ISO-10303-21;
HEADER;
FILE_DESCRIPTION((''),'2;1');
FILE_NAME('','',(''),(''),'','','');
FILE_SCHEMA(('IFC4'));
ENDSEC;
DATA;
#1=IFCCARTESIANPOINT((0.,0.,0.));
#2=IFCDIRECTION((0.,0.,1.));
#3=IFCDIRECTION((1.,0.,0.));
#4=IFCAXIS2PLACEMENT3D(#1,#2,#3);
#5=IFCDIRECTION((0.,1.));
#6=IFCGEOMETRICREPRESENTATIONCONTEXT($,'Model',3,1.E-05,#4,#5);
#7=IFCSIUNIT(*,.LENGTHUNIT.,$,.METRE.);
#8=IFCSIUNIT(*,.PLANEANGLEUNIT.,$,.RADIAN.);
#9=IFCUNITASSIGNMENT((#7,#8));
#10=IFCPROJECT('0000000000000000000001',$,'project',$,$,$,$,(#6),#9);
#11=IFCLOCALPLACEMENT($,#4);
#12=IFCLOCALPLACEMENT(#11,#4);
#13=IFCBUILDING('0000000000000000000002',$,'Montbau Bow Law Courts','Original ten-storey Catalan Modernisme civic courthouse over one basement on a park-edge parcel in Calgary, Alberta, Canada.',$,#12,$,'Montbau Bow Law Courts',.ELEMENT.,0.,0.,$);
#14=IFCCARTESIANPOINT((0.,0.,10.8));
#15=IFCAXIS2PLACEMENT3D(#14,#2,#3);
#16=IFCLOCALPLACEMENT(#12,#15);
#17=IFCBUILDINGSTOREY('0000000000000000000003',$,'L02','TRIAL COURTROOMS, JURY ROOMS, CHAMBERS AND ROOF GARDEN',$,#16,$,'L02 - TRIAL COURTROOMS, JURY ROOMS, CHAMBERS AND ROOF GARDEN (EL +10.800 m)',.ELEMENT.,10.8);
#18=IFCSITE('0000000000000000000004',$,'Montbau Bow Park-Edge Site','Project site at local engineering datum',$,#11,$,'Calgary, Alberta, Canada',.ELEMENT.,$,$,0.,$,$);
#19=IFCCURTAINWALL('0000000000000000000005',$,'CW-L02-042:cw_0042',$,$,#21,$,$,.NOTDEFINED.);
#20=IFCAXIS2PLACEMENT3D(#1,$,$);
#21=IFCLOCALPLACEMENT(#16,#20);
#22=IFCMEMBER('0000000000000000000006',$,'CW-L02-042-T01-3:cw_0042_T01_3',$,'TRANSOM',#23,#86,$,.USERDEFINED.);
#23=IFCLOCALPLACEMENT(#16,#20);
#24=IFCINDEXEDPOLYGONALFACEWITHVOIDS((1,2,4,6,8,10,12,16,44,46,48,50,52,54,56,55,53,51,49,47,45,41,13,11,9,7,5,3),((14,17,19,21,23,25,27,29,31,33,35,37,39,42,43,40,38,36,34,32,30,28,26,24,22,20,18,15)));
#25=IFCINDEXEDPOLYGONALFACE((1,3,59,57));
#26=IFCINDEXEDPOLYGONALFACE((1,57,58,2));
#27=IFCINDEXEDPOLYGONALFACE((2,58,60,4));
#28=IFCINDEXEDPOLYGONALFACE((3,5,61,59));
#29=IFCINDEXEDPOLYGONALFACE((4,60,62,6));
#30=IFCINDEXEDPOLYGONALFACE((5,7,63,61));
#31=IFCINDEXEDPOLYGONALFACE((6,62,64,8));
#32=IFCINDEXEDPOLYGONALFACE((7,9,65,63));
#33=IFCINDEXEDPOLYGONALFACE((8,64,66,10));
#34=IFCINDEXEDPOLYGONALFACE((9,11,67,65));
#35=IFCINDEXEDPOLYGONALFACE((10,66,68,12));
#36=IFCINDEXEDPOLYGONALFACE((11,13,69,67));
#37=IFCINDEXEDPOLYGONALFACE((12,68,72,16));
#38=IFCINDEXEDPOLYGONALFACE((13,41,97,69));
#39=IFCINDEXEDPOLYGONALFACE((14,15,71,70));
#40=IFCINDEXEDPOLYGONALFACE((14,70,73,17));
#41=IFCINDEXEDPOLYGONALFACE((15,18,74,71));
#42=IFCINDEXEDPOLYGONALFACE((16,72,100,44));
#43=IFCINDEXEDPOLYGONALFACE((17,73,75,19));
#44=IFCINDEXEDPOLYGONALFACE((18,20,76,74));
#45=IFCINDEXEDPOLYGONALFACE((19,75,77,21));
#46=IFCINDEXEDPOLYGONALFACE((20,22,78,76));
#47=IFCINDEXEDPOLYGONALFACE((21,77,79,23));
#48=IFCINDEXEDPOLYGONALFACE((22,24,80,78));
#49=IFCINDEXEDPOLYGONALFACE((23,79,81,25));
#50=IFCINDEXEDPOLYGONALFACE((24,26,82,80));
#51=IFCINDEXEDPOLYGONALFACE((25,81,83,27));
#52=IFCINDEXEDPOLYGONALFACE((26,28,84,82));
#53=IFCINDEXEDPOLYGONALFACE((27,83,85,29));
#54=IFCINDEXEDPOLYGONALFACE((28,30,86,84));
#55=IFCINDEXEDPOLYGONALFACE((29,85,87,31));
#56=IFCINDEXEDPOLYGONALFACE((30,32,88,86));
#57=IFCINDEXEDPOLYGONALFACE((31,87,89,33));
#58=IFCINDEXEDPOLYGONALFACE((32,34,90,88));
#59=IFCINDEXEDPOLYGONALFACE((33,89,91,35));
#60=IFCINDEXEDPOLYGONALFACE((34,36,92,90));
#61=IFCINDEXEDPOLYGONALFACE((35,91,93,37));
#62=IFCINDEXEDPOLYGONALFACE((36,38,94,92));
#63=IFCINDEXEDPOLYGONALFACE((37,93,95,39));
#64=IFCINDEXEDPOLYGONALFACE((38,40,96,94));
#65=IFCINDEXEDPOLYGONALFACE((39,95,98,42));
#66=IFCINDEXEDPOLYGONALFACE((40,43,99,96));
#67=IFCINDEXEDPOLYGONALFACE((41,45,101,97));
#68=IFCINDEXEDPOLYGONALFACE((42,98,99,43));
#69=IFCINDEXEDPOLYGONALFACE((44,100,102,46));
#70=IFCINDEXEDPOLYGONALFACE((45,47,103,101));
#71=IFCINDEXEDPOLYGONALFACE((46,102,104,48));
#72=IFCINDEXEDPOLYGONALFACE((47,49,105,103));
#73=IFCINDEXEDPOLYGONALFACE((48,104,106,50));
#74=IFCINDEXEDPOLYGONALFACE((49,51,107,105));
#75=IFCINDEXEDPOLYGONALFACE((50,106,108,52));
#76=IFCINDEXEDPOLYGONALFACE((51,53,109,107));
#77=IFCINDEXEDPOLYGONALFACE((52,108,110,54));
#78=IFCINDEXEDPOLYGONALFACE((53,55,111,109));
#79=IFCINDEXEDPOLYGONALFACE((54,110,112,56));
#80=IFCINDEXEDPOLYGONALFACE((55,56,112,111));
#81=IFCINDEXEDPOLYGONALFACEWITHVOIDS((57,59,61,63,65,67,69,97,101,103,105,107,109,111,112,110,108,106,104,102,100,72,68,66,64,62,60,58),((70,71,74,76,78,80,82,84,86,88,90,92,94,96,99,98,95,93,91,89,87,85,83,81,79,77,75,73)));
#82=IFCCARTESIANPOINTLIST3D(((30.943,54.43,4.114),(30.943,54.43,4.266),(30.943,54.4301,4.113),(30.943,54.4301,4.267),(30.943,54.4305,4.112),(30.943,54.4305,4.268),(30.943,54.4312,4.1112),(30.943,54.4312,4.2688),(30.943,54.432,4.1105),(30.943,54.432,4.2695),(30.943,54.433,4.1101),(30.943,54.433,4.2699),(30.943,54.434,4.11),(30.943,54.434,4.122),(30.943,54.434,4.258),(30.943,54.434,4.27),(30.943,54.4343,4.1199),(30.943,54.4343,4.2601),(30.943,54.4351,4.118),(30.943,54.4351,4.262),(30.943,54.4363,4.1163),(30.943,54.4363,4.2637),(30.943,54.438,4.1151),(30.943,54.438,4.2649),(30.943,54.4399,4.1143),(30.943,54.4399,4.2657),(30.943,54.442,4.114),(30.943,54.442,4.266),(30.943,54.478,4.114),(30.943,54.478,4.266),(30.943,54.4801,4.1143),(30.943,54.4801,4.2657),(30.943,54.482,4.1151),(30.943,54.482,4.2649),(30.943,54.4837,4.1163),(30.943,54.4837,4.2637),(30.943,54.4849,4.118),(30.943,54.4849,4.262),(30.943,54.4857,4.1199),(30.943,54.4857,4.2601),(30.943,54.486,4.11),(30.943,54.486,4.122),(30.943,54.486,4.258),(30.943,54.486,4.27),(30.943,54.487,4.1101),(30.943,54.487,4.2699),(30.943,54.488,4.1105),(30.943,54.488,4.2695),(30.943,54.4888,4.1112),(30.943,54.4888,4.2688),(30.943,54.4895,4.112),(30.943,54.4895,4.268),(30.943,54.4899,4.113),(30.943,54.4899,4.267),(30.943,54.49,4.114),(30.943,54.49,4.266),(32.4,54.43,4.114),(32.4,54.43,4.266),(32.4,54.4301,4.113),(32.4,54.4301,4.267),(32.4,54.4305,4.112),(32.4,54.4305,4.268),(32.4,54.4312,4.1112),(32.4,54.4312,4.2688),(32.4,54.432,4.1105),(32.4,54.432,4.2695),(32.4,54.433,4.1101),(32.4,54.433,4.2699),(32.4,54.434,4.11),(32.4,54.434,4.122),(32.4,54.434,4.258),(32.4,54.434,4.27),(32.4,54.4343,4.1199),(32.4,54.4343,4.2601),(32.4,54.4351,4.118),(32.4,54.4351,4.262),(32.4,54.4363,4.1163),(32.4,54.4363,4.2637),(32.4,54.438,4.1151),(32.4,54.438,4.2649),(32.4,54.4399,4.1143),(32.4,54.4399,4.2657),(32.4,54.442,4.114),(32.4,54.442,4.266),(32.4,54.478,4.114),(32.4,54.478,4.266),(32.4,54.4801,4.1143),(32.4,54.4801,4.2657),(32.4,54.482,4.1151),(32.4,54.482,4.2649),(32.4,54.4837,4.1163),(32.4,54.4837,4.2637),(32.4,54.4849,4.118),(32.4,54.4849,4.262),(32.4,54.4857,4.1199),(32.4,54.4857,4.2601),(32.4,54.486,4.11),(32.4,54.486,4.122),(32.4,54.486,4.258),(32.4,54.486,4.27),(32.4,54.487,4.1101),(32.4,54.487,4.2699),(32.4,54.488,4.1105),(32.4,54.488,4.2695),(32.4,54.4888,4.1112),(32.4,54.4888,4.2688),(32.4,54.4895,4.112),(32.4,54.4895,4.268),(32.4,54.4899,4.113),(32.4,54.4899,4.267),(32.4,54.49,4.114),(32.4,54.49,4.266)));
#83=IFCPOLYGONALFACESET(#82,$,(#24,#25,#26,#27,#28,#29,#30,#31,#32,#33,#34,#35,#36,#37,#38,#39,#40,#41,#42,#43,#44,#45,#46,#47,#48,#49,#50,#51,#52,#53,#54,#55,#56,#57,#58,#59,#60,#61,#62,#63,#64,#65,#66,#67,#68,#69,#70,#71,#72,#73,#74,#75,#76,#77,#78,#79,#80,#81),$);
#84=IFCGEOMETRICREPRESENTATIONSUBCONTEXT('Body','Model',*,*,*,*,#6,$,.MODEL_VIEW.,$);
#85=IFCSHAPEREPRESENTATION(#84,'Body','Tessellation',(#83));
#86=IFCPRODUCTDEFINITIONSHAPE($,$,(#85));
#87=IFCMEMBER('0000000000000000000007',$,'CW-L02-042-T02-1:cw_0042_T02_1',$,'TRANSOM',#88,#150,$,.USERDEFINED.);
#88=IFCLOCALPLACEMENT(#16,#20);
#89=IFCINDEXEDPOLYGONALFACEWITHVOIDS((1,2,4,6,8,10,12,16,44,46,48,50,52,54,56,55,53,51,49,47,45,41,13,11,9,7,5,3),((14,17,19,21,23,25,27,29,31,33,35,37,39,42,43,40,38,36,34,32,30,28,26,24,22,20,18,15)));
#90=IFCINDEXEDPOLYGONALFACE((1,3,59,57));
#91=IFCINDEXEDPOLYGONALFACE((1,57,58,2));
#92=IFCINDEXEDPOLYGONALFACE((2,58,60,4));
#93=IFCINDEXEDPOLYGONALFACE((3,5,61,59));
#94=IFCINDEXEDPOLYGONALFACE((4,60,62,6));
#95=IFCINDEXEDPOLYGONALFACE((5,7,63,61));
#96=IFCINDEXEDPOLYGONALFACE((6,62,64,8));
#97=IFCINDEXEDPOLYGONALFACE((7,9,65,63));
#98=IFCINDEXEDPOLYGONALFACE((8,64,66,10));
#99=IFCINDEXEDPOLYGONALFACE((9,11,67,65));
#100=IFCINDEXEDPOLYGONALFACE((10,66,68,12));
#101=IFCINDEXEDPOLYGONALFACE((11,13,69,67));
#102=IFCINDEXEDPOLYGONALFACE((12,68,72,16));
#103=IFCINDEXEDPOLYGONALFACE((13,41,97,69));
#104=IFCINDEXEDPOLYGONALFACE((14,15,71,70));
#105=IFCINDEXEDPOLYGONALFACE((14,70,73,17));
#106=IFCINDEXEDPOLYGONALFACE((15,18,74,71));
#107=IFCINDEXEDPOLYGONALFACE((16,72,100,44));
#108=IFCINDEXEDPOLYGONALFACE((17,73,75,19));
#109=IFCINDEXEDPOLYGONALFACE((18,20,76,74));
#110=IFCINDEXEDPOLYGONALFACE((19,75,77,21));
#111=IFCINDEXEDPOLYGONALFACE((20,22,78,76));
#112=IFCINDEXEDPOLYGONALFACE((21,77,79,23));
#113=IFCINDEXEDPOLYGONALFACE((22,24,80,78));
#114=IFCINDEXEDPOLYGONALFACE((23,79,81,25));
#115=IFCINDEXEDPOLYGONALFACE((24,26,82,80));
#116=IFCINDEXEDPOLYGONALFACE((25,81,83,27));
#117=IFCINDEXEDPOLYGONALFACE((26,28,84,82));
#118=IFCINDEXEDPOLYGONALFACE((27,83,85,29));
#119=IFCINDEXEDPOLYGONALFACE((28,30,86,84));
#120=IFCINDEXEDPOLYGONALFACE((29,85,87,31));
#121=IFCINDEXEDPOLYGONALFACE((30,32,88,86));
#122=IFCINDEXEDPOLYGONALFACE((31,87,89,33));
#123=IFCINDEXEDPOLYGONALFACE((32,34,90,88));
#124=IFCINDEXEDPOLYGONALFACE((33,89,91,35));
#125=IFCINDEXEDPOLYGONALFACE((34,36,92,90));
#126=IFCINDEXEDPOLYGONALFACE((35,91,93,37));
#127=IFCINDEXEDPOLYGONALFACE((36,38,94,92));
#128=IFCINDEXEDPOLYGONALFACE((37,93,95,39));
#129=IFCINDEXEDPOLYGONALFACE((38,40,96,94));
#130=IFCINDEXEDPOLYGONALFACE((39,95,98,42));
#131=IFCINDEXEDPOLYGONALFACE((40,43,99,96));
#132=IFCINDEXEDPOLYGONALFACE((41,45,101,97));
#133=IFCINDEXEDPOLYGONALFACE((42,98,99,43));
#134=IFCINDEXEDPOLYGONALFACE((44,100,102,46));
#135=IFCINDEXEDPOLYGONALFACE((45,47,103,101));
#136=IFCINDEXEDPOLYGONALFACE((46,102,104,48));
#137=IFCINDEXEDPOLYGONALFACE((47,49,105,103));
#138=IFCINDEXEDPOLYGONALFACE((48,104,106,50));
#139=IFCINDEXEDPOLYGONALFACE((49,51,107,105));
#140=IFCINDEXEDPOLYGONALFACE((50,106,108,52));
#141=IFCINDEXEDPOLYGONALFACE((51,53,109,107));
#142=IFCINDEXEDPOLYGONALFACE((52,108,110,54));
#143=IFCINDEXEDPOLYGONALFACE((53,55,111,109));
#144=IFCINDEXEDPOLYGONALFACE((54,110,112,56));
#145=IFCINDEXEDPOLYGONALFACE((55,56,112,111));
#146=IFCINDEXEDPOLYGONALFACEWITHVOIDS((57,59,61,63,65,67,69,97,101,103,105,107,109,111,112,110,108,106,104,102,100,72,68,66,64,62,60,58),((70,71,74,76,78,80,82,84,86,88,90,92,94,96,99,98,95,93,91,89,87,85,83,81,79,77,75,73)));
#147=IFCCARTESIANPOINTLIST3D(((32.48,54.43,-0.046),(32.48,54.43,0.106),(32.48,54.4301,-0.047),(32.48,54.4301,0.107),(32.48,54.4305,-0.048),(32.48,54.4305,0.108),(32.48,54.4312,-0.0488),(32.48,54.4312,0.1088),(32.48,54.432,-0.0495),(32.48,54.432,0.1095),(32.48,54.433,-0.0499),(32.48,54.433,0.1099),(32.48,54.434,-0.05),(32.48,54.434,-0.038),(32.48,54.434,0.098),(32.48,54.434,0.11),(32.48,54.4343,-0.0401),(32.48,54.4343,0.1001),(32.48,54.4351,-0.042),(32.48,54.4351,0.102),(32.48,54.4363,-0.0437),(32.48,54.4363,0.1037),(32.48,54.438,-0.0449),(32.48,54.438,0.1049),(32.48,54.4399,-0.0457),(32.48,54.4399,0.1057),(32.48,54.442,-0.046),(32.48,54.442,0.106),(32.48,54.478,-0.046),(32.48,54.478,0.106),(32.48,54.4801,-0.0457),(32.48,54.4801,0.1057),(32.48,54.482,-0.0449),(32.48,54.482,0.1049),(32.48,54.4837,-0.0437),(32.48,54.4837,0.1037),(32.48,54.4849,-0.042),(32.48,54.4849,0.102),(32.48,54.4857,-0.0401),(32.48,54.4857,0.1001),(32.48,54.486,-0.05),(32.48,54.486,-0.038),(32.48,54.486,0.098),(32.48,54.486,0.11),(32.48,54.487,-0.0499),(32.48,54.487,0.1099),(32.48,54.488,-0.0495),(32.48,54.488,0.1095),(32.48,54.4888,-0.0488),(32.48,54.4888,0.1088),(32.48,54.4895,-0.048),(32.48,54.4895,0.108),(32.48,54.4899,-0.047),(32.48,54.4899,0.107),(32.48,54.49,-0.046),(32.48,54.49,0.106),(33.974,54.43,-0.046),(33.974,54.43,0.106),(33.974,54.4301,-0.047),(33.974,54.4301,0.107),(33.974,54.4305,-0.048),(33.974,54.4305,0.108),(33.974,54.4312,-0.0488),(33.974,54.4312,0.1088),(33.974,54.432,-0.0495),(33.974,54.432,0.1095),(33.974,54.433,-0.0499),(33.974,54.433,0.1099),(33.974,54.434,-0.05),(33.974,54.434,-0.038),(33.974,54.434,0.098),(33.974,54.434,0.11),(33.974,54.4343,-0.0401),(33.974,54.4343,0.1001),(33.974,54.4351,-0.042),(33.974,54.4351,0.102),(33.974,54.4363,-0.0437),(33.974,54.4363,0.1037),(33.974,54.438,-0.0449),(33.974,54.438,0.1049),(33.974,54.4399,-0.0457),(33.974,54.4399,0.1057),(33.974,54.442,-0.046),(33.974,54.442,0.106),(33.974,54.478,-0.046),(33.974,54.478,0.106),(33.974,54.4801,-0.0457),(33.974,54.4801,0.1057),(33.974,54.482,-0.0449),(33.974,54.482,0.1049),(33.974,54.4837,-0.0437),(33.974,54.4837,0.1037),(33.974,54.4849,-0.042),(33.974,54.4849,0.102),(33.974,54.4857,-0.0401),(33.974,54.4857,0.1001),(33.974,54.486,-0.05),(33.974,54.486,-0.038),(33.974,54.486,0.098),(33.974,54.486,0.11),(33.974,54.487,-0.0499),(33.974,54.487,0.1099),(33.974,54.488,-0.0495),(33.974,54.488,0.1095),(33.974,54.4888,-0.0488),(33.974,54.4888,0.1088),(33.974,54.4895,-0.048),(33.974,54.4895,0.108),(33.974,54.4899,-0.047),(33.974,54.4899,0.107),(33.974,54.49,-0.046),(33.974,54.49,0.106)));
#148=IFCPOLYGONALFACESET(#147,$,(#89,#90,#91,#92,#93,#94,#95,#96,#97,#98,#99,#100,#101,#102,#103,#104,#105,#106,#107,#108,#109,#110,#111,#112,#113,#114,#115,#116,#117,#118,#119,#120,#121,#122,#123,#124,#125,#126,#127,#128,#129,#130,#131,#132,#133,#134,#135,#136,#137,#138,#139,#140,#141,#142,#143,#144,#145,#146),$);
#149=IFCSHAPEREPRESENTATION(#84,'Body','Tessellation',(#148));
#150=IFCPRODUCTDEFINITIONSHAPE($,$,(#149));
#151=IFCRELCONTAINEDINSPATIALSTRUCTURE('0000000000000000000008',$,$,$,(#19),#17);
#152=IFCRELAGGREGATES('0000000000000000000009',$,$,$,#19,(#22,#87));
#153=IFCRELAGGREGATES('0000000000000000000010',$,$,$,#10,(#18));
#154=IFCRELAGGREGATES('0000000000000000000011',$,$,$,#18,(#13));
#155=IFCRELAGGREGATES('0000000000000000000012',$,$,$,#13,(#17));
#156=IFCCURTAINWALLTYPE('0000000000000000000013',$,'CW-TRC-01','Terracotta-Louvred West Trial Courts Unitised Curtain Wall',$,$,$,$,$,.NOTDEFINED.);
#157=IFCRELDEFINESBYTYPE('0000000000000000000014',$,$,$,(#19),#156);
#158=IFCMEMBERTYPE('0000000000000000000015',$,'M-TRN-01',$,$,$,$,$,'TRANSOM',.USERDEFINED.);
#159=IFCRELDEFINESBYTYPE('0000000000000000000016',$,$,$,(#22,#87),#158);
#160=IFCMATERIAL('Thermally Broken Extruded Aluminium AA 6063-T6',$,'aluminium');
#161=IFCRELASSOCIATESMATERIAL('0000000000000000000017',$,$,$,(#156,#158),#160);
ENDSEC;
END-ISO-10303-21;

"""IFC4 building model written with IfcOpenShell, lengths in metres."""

from ifc_helpers import new_model, si_unit, direction, frame, origin_with_axes, origin_2d_with_axis, place, context, subcontext, project, spatial, hollow_rectangle, extrude, material, material_profile, profile_set, type_object, element, aggregate, save


model = new_model("IFC4")

# Units and contexts
model_context = context("Model", 3, precision=1e-05, world=origin_with_axes(), true_north=direction((0.0, 1.0)))
body_context = subcontext(model_context, "Body", "Model", "MODEL_VIEW")
ifc_project = project(units=[si_unit("LENGTHUNIT", "METRE"), si_unit("PLANEANGLEUNIT", "RADIAN")], contexts=[model_context])

# Site, building, storey
site_placement = place(None, origin_with_axes())
site = spatial("IfcSite", under=ifc_project, at=site_placement, Name="Montbau Bow Park-Edge Site", Description="Project site at local engineering datum", LongName="Calgary, Alberta, Canada", CompositionType="ELEMENT", RefElevation=0.0)
building_placement = place(site_placement, origin_with_axes())
building = spatial("IfcBuilding", under=site, at=building_placement, Name="Montbau Bow Law Courts", Description="Original ten-storey Catalan Modernisme civic courthouse over one basement on a park-edge parcel in Calgary, Alberta, Canada.", LongName="Montbau Bow Law Courts", CompositionType="ELEMENT", ElevationOfRefHeight=0.0, ElevationOfTerrain=0.0)
storey_placement = place(building_placement, frame((0.0, 0.0, 10.8), z_axis=(0.0, 0.0, 1.0), x_axis=(1.0, 0.0, 0.0)))
storey = spatial("IfcBuildingStorey", under=building, at=storey_placement, Name="L02", Description="TRIAL COURTROOMS, JURY ROOMS, CHAMBERS AND ROOF GARDEN", LongName="L02 - TRIAL COURTROOMS, JURY ROOMS, CHAMBERS AND ROOF GARDEN (EL +10.800 m)", CompositionType="ELEMENT", Elevation=10.8)

# Curtain wall
ifc_material_1 = material(Name="Thermally Broken Extruded Aluminium AA 6063-T6", Category="aluminium")
curtain_wall_type = type_object("IfcCurtainWallType", Name="CW-TRC-01", Description="Terracotta-Louvred West Trial Courts Unitised Curtain Wall", PredefinedType="NOTDEFINED", material=ifc_material_1)
curtain_wall_1_placement = place(None, frame((30.867, 54.46, 10.8), z_axis=(0.0, 0.0, 1.0), x_axis=(1.0, 0.0, 0.0)))
curtain_wall_1 = element("IfcCurtainWall", 1, at=curtain_wall_1_placement, inside=storey, type_object=curtain_wall_type, Name="CW-L02-042:cw_0042", PredefinedType="NOTDEFINED")

# Members
ifc_material_profile_1 = material_profile(ifc_material_1, hollow_rectangle(XDim=0.06, YDim=0.16, WallThickness=0.004, InnerFilletRadius=0.008, OuterFilletRadius=0.004, at=origin_2d_with_axis()), Name="CWT-160X60", Category="Main", Priority=0)
ifc_profile_set_1 = profile_set([ifc_material_profile_1], Name="Thermally Broken Extruded Aluminium AA 6063-T6")
member_type_1 = type_object("IfcMemberType", Name="M-TRN-01", ElementType="TRANSOM", PredefinedType="USERDEFINED", material=ifc_profile_set_1)
member_1_placement = place(None, frame((30.943, 54.46, 14.99), z_axis=(1.0, 0.0, 0.0), x_axis=(0.0, 1.0, 0.0)))
member_1 = element("IfcMember", 2, at=member_1_placement, type_object=member_type_1, Name="CW-L02-042-T01-3:cw_0042_T01_3", ObjectType="TRANSOM", PredefinedType="USERDEFINED", context=body_context, shape_type="SweptSolid", body=[
    extrude(hollow_rectangle(XDim=0.06, YDim=0.16, WallThickness=0.004, InnerFilletRadius=0.008, OuterFilletRadius=0.004, at=origin_2d_with_axis()), origin_with_axes(), (0.0, 0.0, 1.0), 1.457),
])
member_2_placement = place(None, frame((32.48, 54.46, 10.83), z_axis=(1.0, 0.0, 0.0), x_axis=(0.0, 1.0, 0.0)))
member_2 = element("IfcMember", 3, at=member_2_placement, type_object=member_type_1, Name="CW-L02-042-T02-1:cw_0042_T02_1", ObjectType="TRANSOM", PredefinedType="USERDEFINED", context=body_context, shape_type="SweptSolid", body=[
    extrude(hollow_rectangle(XDim=0.06, YDim=0.16, WallThickness=0.004, InnerFilletRadius=0.008, OuterFilletRadius=0.004, at=origin_2d_with_axis()), origin_with_axes(), (0.0, 0.0, 1.0), 1.494),
])

aggregate(curtain_wall_1, [member_1, member_2])

save(model, "model.ifc")
